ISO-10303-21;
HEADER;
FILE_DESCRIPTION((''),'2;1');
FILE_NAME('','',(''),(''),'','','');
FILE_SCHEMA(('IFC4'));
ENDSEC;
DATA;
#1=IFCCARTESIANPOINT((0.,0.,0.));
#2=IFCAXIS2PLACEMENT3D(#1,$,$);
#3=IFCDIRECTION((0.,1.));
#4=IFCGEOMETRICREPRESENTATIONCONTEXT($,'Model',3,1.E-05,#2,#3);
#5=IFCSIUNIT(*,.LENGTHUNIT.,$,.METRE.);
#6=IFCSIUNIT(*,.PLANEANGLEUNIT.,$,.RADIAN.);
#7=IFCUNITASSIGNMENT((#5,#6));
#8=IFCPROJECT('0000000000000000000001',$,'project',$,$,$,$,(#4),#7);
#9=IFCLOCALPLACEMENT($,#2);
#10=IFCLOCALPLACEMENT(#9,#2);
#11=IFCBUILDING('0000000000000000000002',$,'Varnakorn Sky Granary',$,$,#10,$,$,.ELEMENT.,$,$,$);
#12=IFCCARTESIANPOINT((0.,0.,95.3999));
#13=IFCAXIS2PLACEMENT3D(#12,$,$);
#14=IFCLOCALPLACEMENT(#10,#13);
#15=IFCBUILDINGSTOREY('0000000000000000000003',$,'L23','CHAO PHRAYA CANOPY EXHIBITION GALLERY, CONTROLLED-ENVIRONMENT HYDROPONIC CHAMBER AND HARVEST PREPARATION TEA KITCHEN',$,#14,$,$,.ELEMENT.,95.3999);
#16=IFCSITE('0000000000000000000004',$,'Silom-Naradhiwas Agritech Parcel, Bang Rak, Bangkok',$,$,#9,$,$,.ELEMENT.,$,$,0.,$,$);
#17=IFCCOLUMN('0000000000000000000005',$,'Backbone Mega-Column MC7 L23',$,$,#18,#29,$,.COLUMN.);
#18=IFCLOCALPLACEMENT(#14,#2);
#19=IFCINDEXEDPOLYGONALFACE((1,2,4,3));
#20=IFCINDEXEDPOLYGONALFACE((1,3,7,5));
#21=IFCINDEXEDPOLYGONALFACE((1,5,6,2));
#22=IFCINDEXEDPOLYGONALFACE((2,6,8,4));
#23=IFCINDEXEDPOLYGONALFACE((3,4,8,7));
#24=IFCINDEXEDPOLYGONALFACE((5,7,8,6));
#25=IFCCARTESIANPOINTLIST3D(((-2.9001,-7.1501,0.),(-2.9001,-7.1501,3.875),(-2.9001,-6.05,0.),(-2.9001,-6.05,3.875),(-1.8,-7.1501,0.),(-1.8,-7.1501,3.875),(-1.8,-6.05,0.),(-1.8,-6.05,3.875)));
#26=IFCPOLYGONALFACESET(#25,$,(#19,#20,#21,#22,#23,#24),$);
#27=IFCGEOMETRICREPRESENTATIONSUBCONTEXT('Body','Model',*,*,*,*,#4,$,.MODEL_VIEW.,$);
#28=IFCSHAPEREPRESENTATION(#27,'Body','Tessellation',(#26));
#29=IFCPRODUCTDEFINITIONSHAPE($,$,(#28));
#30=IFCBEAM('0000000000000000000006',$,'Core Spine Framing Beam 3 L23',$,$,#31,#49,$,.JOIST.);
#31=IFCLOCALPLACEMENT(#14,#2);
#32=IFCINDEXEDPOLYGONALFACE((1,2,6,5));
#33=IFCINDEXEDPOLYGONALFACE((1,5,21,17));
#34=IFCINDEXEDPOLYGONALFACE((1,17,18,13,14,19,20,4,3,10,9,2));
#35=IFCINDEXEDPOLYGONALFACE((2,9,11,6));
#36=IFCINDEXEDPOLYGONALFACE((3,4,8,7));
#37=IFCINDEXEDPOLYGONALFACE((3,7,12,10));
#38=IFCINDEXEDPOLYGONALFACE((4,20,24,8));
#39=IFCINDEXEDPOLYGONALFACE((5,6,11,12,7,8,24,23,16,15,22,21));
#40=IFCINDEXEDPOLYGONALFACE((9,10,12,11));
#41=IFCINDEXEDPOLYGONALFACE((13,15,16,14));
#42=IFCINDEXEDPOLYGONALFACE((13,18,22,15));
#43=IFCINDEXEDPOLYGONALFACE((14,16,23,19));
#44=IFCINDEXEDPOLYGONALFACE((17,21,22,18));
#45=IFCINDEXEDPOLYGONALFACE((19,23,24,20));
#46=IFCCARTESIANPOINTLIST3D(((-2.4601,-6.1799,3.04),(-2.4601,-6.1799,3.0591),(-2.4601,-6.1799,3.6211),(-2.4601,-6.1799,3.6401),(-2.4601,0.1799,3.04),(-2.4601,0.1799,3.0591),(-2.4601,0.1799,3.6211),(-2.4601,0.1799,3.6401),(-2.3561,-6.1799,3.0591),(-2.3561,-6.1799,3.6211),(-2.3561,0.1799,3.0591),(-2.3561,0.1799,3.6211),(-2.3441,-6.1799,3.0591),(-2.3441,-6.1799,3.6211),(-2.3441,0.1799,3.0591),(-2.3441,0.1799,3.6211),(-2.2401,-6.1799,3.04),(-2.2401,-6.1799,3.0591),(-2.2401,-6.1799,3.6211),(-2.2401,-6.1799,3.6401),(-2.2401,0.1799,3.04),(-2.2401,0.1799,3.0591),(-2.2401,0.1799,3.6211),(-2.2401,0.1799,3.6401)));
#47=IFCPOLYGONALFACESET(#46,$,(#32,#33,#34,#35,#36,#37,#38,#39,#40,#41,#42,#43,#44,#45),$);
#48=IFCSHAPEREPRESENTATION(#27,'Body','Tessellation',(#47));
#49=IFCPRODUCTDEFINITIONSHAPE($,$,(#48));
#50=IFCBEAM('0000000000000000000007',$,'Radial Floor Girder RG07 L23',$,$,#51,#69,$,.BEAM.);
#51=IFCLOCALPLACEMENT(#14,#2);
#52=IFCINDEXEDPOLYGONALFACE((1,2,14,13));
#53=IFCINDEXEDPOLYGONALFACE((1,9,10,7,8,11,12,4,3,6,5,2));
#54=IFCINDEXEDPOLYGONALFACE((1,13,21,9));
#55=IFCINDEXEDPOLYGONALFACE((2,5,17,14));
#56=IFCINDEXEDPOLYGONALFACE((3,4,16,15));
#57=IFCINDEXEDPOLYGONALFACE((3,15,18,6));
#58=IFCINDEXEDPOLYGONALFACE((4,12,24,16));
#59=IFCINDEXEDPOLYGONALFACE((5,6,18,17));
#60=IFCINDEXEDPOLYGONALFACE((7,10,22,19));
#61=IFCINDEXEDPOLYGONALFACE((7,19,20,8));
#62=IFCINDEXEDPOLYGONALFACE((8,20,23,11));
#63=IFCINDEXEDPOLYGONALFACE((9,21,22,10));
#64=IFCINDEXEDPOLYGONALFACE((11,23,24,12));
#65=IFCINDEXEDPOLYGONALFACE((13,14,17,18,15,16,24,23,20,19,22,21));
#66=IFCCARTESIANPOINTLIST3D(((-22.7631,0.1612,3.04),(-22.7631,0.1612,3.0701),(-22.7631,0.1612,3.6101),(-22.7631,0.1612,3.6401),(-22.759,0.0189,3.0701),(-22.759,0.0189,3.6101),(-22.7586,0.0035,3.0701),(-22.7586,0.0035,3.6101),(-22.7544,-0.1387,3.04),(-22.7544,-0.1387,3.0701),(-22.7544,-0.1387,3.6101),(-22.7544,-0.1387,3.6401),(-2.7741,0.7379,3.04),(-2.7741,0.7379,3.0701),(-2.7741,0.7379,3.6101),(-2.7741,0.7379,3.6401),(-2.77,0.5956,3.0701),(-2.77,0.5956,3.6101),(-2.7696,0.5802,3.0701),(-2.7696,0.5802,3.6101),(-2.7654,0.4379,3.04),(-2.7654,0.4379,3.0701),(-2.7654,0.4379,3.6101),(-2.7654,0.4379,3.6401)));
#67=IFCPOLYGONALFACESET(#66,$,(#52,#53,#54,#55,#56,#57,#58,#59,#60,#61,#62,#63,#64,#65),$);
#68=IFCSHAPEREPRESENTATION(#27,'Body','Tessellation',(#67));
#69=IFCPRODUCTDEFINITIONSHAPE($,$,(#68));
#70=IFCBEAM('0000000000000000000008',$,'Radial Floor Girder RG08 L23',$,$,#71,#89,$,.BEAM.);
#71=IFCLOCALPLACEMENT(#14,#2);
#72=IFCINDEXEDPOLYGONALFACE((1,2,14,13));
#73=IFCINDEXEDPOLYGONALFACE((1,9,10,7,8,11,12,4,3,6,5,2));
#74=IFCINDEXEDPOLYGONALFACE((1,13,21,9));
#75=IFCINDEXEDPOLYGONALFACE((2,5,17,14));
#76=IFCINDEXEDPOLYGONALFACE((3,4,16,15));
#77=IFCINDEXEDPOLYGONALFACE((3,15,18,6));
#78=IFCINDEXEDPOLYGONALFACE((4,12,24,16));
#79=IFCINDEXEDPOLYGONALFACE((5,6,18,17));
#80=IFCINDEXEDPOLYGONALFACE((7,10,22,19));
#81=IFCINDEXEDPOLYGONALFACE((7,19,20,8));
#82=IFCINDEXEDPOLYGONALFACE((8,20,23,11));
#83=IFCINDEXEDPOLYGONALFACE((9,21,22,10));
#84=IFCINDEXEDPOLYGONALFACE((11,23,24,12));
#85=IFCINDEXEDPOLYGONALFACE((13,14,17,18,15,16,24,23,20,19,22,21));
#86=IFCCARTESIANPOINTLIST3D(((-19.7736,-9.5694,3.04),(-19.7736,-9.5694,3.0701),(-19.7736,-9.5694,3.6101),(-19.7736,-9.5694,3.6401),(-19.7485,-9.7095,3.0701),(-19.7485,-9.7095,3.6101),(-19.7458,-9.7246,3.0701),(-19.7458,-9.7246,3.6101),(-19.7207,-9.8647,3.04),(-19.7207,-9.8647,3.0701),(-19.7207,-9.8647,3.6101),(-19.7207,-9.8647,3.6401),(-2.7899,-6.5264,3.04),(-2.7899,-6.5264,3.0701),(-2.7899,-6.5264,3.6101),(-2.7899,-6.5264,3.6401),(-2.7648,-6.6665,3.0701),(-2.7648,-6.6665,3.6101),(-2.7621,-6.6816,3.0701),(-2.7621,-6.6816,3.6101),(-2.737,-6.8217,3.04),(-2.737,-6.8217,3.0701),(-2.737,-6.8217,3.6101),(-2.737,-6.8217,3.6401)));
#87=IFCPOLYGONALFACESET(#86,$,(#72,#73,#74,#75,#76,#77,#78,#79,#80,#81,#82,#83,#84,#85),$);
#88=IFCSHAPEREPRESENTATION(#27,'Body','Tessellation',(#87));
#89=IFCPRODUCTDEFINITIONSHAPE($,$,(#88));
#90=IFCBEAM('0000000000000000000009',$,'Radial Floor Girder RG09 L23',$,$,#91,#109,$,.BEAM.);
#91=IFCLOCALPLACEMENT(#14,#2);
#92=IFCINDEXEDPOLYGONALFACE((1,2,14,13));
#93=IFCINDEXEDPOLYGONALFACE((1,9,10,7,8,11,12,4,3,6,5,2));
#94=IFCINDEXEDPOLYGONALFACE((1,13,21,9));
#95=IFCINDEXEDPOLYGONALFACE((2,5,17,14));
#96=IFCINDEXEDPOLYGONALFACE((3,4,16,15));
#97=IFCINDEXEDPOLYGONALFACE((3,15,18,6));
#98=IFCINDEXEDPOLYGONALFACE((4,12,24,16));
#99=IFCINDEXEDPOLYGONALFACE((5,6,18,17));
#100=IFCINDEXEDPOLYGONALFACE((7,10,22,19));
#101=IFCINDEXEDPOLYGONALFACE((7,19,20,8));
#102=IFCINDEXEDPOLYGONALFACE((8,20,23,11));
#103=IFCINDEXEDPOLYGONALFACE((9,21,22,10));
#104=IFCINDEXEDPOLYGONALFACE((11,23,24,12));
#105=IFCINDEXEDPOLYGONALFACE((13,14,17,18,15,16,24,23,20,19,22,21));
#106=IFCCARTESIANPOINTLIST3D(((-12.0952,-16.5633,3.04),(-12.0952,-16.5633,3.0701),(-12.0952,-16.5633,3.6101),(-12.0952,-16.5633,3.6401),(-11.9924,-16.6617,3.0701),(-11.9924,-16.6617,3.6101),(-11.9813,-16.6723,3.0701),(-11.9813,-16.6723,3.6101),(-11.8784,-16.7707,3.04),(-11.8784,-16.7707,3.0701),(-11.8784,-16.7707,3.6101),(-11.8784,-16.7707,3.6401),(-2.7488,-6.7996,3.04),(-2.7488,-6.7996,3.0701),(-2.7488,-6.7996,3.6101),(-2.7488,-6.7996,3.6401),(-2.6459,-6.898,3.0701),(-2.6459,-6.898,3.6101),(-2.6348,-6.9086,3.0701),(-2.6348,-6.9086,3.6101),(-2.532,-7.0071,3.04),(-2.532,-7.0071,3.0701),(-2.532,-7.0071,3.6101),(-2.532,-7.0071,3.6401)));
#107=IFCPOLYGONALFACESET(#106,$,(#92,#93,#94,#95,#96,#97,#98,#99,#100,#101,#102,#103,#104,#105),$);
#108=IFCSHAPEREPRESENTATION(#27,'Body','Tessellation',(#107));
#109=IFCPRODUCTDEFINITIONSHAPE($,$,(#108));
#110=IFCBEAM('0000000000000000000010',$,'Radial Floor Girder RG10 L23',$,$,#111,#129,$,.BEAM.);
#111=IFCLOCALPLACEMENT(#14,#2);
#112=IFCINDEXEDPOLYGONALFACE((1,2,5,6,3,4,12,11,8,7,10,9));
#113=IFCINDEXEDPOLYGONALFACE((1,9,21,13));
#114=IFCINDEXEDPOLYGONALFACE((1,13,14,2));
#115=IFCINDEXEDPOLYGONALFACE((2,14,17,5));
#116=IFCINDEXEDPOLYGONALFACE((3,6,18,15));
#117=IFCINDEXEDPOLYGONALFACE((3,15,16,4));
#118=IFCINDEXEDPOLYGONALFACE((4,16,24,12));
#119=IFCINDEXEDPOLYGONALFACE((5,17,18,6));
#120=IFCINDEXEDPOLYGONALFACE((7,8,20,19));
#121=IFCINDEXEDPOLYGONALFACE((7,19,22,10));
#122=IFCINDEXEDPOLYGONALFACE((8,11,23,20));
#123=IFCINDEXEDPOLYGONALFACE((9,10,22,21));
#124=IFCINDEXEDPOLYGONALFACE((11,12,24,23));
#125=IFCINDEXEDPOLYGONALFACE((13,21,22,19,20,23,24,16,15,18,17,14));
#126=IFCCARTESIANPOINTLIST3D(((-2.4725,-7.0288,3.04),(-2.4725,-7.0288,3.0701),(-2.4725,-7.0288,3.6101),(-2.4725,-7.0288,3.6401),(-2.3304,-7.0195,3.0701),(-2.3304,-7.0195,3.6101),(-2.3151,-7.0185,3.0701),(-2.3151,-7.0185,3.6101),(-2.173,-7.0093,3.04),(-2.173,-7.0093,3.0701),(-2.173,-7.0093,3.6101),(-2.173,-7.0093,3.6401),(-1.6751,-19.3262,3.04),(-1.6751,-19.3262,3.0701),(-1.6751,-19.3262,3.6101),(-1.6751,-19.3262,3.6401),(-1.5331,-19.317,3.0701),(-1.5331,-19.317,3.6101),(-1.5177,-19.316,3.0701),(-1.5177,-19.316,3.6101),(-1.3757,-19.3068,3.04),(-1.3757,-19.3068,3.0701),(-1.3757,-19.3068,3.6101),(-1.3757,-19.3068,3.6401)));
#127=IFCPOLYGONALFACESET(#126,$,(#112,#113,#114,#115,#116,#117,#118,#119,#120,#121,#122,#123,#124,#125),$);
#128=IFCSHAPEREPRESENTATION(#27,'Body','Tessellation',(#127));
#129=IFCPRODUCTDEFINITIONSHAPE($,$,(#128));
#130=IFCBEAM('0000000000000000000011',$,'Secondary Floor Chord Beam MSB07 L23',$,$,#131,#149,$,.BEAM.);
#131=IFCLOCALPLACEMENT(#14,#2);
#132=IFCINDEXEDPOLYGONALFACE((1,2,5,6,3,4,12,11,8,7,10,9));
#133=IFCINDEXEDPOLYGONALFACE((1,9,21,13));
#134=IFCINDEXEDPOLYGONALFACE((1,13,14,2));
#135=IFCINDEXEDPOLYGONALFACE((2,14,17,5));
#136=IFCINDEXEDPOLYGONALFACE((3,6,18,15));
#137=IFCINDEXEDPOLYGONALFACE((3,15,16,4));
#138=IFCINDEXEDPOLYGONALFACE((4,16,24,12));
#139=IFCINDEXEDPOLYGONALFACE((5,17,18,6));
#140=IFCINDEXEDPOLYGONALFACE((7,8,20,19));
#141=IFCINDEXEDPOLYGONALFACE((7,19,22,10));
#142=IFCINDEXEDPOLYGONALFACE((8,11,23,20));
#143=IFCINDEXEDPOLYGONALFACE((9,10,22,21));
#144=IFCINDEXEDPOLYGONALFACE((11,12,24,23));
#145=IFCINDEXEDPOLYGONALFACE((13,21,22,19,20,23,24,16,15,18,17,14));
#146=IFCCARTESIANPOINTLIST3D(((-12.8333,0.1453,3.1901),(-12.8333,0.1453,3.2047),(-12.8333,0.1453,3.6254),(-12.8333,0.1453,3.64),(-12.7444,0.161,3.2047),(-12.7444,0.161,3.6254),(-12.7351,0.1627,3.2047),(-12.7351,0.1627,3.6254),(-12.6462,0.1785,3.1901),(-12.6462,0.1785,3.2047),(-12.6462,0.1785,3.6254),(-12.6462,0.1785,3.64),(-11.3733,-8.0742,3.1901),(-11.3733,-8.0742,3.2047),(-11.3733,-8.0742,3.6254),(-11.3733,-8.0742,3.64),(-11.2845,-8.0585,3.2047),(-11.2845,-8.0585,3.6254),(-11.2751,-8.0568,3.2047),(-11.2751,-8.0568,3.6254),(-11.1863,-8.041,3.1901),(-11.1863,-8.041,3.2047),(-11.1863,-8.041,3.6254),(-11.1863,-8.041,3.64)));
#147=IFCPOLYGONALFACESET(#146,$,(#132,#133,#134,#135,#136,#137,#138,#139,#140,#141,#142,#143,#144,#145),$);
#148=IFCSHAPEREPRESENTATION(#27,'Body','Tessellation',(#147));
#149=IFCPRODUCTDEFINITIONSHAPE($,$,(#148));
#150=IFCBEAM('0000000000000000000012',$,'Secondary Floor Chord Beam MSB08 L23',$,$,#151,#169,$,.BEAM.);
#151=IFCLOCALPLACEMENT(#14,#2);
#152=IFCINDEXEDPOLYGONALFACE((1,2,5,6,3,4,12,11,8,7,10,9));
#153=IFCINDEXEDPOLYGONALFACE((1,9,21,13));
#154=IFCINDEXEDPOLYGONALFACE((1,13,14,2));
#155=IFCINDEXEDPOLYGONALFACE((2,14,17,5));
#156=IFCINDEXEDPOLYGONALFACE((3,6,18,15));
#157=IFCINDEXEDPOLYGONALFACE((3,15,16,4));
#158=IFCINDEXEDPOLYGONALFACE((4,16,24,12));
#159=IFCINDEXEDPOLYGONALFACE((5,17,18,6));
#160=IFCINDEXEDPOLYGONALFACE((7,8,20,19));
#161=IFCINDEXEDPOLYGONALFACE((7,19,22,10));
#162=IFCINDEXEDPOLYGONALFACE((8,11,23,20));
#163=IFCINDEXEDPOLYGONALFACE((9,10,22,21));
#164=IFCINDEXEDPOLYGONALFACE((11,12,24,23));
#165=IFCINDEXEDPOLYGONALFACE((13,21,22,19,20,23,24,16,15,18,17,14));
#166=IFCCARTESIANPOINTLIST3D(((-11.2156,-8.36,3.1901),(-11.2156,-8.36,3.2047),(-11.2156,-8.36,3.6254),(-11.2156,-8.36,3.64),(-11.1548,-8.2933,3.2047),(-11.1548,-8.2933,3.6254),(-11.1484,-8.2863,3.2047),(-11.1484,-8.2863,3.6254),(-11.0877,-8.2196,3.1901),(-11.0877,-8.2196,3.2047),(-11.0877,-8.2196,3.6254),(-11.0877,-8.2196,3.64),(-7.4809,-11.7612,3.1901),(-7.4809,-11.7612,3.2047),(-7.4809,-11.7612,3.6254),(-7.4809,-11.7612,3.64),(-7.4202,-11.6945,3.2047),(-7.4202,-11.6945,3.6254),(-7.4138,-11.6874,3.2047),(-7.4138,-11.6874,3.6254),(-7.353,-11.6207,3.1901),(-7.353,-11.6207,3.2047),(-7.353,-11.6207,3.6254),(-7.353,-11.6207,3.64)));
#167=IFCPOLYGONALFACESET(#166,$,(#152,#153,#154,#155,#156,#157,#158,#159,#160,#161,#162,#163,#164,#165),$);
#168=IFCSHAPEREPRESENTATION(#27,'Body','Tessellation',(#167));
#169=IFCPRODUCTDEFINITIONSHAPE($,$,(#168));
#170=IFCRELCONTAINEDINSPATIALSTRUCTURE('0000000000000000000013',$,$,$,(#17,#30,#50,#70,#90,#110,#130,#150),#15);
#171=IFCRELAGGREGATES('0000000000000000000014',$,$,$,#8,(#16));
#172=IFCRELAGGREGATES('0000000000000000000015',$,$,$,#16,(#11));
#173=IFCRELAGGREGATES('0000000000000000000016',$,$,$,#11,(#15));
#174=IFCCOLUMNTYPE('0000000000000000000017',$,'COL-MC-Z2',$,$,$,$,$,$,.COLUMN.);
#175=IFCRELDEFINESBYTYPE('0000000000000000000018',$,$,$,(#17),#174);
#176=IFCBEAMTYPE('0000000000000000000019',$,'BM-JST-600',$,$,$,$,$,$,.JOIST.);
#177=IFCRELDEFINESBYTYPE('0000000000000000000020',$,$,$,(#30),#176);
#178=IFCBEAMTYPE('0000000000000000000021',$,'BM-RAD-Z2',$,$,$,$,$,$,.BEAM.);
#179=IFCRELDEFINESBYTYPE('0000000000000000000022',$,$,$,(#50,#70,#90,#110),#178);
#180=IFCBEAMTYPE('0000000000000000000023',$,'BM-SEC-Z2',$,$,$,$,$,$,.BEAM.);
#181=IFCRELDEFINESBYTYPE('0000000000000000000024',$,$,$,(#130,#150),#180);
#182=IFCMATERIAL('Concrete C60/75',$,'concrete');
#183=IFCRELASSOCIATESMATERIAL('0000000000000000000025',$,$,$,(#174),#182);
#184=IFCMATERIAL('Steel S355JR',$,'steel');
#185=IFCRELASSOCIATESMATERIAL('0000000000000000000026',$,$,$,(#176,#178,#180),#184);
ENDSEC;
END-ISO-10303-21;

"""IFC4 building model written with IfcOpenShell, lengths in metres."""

from ifc_helpers import new_model, si_unit, direction, frame, origin, origin_2d, place, context, subcontext, project, spatial, rectangle, i_section, extrude, material, material_profile, profile_set, type_object, element, save


model = new_model("IFC4")

# Units and contexts
model_context = context("Model", 3, precision=1e-05, world=origin(), true_north=direction((0.0, 1.0)))
body_context = subcontext(model_context, "Body", "Model", "MODEL_VIEW")
ifc_project = project(units=[si_unit("LENGTHUNIT", "METRE"), si_unit("PLANEANGLEUNIT", "RADIAN")], contexts=[model_context])

# Site, building, storey
site_placement = place(None, origin())
site = spatial("IfcSite", under=ifc_project, at=site_placement, Name="Silom-Naradhiwas Agritech Parcel, Bang Rak, Bangkok", CompositionType="ELEMENT", RefElevation=0.0)
building_placement = place(site_placement, origin())
building = spatial("IfcBuilding", under=site, at=building_placement, Name="Varnakorn Sky Granary", CompositionType="ELEMENT")
storey_placement = place(building_placement, frame((0.0, 0.0, 95.3999)))
storey = spatial("IfcBuildingStorey", under=building, at=storey_placement, Name="L23", Description="CHAO PHRAYA CANOPY EXHIBITION GALLERY, CONTROLLED-ENVIRONMENT HYDROPONIC CHAMBER AND HARVEST PREPARATION TEA KITCHEN", CompositionType="ELEMENT", Elevation=95.3999)

# Column
ifc_material_1 = material(Name="Concrete C60/75", Category="concrete")
ifc_material_profile_1 = material_profile(ifc_material_1, rectangle(XDim=1.1001, YDim=1.1001, at=origin_2d()), Name="RC 1100x1100")
ifc_profile_set_1 = profile_set([ifc_material_profile_1], Name="Concrete C60/75")
column_type = type_object("IfcColumnType", Name="COL-MC-Z2", PredefinedType="COLUMN", material=ifc_profile_set_1)
column_placement = place(storey_placement, frame((-2.3501, -6.6001, 0.0), z_axis=(0.0, 0.0, 1.0), x_axis=(1.0, 0.0, 0.0)))
element("IfcColumn", 1, at=column_placement, inside=storey, type_object=column_type, Name="Backbone Mega-Column MC7 L23", PredefinedType="COLUMN", context=body_context, shape_type="SweptSolid", body=[
    extrude(rectangle(XDim=1.1001, YDim=1.1001, at=origin_2d()), origin(), (0.0, 0.0, 1.0), 3.875),
])

# Beams
ifc_material_2 = material(Name="Steel S355JR", Category="steel")
ifc_material_profile_2 = material_profile(ifc_material_2, i_section(OverallWidth=0.22, OverallDepth=0.6001, WebThickness=0.012, FlangeThickness=0.019, at=origin_2d()), Name="IPE 600")
ifc_profile_set_2 = profile_set([ifc_material_profile_2], Name="Steel S355JR")
beam_type_1 = type_object("IfcBeamType", Name="BM-JST-600", PredefinedType="JOIST", material=ifc_profile_set_2)
beam_1_placement = place(storey_placement, frame((-2.3501, 0.1799, 3.3401), z_axis=(0.0, -1.0, 0.0), x_axis=(1.0, 0.0, 0.0)))
element("IfcBeam", 2, at=beam_1_placement, inside=storey, type_object=beam_type_1, Name="Core Spine Framing Beam 3 L23", PredefinedType="JOIST", context=body_context, shape_type="SweptSolid", body=[
    extrude(i_section(OverallWidth=0.22, OverallDepth=0.6001, WebThickness=0.012, FlangeThickness=0.019, at=origin_2d()), origin(), (0.0, 0.0, 1.0), 6.3599),
])
ifc_material_profile_3 = material_profile(ifc_material_2, i_section(OverallWidth=0.3, OverallDepth=0.6001, WebThickness=0.0154, FlangeThickness=0.03, at=origin_2d()), Name="HE 600 B")
ifc_profile_set_3 = profile_set([ifc_material_profile_3], Name="Steel S355JR")
beam_type_2 = type_object("IfcBeamType", Name="BM-RAD-Z2", PredefinedType="BEAM", material=ifc_profile_set_3)
beam_2_placement = place(storey_placement, frame((-2.7698, 0.5879, 3.3401), z_axis=(-0.999584, -0.028837, 0.0), x_axis=(0.028837, -0.999584, 0.0)))
element("IfcBeam", 3, at=beam_2_placement, inside=storey, type_object=beam_type_2, Name="Radial Floor Girder RG07 L23", PredefinedType="BEAM", context=body_context, shape_type="SweptSolid", body=[
    extrude(i_section(OverallWidth=0.3, OverallDepth=0.6001, WebThickness=0.0154, FlangeThickness=0.03, at=origin_2d()), origin(), (0.0, 0.0, 1.0), 19.9973),
])
beam_3_placement = place(storey_placement, frame((-2.7634, -6.6741, 3.3401), z_axis=(-0.984325, -0.176362, 0.0), x_axis=(0.176362, -0.984325, 0.0)))
element("IfcBeam", 4, at=beam_3_placement, inside=storey, type_object=beam_type_2, Name="Radial Floor Girder RG08 L23", PredefinedType="BEAM", context=body_context, shape_type="SweptSolid", body=[
    extrude(i_section(OverallWidth=0.3, OverallDepth=0.6001, WebThickness=0.0154, FlangeThickness=0.03, at=origin_2d()), origin(), (0.0, 0.0, 1.0), 17.2542),
])
beam_4_placement = place(storey_placement, frame((-2.6404, -6.9033, 3.3401), z_axis=(-0.691504, -0.722373, 0.0), x_axis=(0.722373, -0.691504, 0.0)))
element("IfcBeam", 5, at=beam_4_placement, inside=storey, type_object=beam_type_2, Name="Radial Floor Girder RG09 L23", PredefinedType="BEAM", context=body_context, shape_type="SweptSolid", body=[
    extrude(i_section(OverallWidth=0.3, OverallDepth=0.6001, WebThickness=0.0154, FlangeThickness=0.03, at=origin_2d()), origin(), (0.0, 0.0, 1.0), 13.5161),
])
beam_5_placement = place(storey_placement, frame((-2.3228, -7.019, 3.3401), z_axis=(0.064704, -0.997904, 0.0), x_axis=(0.997904, 0.064704, 0.0)))
element("IfcBeam", 6, at=beam_5_placement, inside=storey, type_object=beam_type_2, Name="Radial Floor Girder RG10 L23", PredefinedType="BEAM", context=body_context, shape_type="SweptSolid", body=[
    extrude(i_section(OverallWidth=0.3, OverallDepth=0.6001, WebThickness=0.0154, FlangeThickness=0.03, at=origin_2d()), origin(), (0.0, 0.0, 1.0), 12.3232),
])
ifc_material_profile_4 = material_profile(ifc_material_2, i_section(OverallWidth=0.1899, OverallDepth=0.45, WebThickness=0.0095, FlangeThickness=0.0146, at=origin_2d()), Name="IPE 450")
ifc_profile_set_4 = profile_set([ifc_material_profile_4], Name="Steel S355JR")
beam_type_3 = type_object("IfcBeamType", Name="BM-SEC-Z2", PredefinedType="BEAM", material=ifc_profile_set_4)
beam_6_placement = place(storey_placement, frame((-12.7397, 0.1619, 3.415), z_axis=(0.174885, -0.984589, 0.0), x_axis=(0.984589, 0.174885, 0.0)))
element("IfcBeam", 7, at=beam_6_placement, inside=storey, type_object=beam_type_3, Name="Secondary Floor Chord Beam MSB07 L23", PredefinedType="BEAM", context=body_context, shape_type="SweptSolid", body=[
    extrude(i_section(OverallWidth=0.1899, OverallDepth=0.45, WebThickness=0.0095, FlangeThickness=0.0146, at=origin_2d()), origin(), (0.0, 0.0, 1.0), 8.3481),
])
beam_7_placement = place(storey_placement, frame((-11.1516, -8.2898, 3.415), z_axis=(0.739347, -0.673324, 0.0), x_axis=(0.673324, 0.739347, 0.0)))
element("IfcBeam", 8, at=beam_7_placement, inside=storey, type_object=beam_type_3, Name="Secondary Floor Chord Beam MSB08 L23", PredefinedType="BEAM", context=body_context, shape_type="SweptSolid", body=[
    extrude(i_section(OverallWidth=0.1899, OverallDepth=0.45, WebThickness=0.0095, FlangeThickness=0.0146, at=origin_2d()), origin(), (0.0, 0.0, 1.0), 5.0513),
])

save(model, "model.ifc")
